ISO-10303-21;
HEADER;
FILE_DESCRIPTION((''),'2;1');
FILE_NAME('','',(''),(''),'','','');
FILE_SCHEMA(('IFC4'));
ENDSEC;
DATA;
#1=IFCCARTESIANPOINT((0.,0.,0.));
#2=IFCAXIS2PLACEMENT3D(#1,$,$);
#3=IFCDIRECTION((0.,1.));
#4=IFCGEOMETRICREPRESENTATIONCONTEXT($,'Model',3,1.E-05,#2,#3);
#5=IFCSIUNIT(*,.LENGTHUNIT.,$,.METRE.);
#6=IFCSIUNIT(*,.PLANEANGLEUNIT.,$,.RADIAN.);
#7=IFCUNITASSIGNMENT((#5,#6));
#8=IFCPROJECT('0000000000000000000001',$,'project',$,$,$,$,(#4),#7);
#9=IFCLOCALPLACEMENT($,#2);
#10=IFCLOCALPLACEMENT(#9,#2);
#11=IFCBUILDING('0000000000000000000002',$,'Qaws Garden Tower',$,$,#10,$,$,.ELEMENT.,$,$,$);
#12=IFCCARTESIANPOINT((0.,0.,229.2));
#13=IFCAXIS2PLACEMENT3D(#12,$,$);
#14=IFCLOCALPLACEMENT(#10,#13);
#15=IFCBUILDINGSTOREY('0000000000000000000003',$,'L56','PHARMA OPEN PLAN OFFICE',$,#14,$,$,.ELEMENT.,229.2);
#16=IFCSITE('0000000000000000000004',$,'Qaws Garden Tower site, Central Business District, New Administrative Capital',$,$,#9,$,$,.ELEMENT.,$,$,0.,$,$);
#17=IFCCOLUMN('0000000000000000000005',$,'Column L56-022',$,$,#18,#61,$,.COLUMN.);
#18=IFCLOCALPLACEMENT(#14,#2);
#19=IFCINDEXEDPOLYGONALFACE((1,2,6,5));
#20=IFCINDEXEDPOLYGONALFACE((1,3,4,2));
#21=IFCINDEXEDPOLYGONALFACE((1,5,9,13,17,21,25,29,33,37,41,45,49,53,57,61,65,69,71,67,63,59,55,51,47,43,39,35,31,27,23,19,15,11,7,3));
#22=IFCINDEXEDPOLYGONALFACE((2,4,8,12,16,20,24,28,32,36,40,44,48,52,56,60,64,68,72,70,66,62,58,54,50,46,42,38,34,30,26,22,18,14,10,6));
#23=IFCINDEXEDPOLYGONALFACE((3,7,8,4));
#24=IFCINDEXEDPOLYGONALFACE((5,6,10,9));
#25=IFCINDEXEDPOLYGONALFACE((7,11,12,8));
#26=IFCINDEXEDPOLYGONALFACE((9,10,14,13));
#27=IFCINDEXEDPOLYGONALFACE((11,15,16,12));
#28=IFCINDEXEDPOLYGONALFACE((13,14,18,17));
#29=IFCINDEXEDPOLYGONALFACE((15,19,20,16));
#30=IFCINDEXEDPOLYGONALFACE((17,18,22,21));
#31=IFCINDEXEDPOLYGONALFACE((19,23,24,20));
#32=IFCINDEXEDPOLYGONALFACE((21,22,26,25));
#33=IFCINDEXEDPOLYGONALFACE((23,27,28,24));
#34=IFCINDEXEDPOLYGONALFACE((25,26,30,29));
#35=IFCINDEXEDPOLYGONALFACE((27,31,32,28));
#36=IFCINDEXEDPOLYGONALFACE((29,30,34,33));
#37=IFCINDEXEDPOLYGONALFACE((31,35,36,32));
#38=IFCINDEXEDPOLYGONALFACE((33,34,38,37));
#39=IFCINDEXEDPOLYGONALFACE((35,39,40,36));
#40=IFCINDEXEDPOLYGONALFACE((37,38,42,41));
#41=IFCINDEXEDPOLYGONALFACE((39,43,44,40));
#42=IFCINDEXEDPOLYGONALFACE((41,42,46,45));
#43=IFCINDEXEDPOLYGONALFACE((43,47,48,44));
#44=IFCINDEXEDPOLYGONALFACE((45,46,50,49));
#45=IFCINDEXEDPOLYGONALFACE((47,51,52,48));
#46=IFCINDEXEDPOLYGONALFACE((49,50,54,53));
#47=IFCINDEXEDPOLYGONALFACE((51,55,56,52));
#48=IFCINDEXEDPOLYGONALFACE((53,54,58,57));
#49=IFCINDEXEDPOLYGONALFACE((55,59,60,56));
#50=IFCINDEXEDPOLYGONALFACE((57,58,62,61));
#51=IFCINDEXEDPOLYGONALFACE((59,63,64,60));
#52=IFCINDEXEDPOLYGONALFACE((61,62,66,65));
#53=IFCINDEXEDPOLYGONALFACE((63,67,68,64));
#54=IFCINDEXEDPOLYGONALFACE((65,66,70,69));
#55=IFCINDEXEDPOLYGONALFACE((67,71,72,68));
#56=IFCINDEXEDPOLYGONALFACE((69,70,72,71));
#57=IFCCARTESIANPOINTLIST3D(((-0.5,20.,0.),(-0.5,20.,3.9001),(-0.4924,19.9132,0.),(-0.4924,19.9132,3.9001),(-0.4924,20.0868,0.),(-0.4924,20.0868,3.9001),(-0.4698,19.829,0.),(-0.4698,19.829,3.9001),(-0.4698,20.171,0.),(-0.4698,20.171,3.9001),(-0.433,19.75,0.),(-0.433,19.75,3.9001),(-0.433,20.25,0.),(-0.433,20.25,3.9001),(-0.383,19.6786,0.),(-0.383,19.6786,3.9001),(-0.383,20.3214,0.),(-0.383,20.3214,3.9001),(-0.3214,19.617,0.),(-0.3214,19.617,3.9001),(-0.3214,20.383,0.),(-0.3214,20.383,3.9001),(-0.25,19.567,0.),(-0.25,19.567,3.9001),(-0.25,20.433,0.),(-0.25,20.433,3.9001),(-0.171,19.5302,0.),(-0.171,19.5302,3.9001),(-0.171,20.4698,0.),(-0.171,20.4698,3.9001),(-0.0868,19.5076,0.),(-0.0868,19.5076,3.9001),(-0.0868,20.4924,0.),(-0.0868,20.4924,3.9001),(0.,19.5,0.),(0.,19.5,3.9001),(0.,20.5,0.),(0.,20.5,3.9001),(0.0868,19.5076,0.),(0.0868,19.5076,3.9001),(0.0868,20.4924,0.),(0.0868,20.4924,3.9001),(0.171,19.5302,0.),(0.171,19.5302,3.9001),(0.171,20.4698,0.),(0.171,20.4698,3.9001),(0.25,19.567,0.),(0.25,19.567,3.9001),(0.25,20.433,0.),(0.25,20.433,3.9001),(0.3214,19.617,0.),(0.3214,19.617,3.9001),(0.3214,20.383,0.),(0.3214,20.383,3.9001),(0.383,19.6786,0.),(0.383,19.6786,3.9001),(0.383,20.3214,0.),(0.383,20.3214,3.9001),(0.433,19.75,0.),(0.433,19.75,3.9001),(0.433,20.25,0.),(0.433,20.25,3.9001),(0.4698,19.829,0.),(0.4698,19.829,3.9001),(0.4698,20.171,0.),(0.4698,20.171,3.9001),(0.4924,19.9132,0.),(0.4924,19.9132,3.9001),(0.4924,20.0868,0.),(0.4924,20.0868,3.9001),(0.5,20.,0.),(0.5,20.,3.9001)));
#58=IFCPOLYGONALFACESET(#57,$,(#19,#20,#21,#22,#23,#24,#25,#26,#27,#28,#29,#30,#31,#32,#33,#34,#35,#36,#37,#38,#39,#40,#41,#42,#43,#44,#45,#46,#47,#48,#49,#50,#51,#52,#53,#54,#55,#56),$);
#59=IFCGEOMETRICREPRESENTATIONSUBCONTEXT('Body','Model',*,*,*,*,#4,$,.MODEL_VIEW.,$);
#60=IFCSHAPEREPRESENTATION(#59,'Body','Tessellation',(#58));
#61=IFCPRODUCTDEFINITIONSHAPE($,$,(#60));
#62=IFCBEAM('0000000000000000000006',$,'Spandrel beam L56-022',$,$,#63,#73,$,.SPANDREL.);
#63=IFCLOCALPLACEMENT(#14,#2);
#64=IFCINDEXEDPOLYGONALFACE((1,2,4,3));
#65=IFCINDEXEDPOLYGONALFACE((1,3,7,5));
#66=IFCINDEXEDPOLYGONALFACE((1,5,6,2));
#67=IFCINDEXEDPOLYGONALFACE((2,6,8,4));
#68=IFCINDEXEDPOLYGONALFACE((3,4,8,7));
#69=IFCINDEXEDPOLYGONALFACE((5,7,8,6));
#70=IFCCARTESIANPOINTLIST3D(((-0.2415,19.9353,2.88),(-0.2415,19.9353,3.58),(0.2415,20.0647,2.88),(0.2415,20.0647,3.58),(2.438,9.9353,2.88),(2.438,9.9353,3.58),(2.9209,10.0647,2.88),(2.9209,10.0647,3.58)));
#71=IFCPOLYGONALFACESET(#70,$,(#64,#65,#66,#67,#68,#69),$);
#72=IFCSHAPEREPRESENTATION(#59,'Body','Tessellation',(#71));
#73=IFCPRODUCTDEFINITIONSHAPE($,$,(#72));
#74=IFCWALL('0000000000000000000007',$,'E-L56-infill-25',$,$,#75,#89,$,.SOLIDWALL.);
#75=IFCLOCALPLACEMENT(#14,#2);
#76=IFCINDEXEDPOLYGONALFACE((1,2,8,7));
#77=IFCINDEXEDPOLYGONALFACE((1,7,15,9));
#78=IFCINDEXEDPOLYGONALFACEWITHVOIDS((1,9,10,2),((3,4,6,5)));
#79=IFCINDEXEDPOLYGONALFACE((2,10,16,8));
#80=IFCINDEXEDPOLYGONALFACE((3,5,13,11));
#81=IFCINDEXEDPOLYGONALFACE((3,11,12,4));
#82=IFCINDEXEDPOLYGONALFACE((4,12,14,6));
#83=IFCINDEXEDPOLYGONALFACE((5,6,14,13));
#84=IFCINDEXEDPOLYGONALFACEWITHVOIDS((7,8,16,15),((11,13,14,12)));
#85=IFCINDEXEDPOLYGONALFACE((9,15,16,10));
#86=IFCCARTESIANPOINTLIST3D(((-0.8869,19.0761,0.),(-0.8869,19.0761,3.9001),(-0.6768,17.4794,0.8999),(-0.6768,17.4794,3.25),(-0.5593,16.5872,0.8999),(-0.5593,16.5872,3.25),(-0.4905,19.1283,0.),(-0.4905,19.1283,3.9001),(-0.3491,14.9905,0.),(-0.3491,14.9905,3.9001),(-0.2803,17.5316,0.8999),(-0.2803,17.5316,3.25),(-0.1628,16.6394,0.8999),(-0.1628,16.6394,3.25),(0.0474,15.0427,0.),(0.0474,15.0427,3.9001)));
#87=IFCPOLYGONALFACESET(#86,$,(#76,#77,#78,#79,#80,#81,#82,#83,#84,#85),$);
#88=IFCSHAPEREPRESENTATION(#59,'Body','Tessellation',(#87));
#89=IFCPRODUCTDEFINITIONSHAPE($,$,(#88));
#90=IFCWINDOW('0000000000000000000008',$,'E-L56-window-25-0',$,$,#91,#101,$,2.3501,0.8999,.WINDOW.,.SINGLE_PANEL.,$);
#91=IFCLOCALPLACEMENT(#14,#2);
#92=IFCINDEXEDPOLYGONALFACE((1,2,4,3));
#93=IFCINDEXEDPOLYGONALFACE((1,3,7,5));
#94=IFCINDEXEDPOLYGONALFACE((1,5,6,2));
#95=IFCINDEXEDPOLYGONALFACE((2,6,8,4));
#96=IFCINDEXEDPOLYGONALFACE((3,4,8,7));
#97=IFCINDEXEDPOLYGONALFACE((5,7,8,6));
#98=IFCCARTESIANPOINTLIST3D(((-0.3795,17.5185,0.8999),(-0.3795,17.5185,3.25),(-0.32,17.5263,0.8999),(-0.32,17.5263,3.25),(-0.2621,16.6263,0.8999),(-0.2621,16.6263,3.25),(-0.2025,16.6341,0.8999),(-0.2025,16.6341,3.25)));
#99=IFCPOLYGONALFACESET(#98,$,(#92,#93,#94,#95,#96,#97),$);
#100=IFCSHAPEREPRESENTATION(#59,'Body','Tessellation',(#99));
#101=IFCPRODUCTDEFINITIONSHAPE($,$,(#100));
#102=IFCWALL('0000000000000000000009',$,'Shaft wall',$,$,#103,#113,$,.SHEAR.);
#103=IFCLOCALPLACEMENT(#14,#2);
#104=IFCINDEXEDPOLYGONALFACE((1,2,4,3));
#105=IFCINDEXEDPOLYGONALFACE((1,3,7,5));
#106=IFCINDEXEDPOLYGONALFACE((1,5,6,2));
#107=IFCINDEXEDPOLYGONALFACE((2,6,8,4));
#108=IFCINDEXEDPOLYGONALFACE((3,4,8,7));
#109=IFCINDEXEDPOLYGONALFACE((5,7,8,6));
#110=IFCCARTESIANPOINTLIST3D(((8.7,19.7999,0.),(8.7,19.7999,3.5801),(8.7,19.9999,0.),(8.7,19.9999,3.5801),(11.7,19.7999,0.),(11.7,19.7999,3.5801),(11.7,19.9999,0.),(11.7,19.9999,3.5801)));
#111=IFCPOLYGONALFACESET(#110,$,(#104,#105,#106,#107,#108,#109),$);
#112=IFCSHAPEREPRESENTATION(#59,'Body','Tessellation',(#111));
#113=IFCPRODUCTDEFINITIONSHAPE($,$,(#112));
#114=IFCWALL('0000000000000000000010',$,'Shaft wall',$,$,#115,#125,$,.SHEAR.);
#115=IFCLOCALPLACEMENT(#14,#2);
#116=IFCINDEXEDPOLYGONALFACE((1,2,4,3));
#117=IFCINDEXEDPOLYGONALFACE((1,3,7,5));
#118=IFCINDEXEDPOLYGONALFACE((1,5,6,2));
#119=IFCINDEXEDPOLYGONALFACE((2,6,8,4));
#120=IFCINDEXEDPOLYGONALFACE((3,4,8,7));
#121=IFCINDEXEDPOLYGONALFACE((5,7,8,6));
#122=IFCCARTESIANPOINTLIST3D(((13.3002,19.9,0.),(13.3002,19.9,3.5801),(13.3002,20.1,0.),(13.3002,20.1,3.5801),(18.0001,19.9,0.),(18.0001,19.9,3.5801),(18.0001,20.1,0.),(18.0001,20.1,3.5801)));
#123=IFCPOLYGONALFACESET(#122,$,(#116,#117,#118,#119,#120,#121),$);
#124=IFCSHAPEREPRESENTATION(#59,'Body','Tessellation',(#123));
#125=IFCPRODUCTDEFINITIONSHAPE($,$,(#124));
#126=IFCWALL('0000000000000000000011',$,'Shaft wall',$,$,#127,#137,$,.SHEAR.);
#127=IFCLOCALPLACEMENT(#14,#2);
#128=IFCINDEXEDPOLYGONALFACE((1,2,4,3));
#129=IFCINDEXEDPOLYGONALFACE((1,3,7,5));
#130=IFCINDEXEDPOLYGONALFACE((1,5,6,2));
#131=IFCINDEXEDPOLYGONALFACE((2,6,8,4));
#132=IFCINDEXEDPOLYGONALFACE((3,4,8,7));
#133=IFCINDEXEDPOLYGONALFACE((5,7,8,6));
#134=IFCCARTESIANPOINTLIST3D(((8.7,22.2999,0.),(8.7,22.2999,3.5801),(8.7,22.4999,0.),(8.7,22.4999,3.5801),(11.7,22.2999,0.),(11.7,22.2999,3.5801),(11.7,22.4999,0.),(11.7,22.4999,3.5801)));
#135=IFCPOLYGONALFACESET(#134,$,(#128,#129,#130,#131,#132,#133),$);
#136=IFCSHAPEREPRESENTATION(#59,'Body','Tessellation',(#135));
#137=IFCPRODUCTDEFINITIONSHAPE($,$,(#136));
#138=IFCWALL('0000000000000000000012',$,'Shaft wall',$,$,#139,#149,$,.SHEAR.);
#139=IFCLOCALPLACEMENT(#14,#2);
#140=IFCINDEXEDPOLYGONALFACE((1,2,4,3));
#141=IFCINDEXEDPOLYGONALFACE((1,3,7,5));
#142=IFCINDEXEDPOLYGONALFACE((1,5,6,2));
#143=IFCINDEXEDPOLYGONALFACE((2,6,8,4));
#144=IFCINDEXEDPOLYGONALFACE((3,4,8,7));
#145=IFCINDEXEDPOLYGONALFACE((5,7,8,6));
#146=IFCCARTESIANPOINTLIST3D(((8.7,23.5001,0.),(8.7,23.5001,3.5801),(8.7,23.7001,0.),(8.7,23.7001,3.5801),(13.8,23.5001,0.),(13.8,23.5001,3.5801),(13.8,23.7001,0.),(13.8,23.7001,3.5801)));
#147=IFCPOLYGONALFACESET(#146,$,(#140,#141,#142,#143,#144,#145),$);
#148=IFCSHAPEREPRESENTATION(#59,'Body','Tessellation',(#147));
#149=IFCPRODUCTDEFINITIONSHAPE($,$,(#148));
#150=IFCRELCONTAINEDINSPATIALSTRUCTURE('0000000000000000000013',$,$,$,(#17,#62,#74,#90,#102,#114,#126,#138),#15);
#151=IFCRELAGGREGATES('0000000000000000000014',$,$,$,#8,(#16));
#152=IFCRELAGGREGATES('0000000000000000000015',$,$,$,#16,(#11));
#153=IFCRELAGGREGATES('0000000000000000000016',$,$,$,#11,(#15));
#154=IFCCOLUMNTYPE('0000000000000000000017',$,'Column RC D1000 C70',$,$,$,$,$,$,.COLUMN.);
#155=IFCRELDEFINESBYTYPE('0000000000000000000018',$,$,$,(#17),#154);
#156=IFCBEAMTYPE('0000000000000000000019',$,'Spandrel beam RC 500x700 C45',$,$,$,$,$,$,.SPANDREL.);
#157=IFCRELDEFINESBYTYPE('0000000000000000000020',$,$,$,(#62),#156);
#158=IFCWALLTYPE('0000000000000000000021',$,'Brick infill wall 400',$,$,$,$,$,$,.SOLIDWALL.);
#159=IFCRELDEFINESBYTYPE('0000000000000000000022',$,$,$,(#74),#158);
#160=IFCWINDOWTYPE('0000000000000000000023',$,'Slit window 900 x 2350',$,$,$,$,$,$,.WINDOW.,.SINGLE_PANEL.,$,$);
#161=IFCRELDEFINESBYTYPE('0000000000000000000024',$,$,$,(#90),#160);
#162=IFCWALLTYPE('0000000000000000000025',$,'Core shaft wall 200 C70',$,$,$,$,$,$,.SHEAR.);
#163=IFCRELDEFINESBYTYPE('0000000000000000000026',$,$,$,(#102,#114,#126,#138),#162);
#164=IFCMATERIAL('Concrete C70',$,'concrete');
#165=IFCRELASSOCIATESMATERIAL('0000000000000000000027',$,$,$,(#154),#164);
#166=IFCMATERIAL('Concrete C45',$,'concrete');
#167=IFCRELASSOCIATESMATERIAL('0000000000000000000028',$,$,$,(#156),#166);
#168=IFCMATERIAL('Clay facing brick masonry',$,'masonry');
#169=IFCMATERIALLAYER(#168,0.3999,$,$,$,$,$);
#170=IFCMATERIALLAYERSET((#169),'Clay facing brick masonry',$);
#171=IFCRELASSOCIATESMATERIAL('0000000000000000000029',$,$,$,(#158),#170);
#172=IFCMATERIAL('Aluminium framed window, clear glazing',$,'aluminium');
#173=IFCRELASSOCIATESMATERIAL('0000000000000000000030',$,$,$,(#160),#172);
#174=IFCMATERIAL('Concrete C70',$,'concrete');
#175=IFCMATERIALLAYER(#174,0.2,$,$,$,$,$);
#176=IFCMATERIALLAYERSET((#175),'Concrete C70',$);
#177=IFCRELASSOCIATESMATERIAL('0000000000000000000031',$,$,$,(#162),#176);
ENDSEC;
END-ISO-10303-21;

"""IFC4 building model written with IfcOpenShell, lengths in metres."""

from ifc_helpers import new_model, si_unit, direction, frame, frame_2d, origin, origin_2d, place, context, subcontext, project, spatial, rectangle, circle, extrude, material, layer, layer_set, material_profile, profile_set, type_object, element, fill, save


model = new_model("IFC4")

# Units and contexts
model_context = context("Model", 3, precision=1e-05, world=origin(), true_north=direction((0.0, 1.0)))
body_context = subcontext(model_context, "Body", "Model", "MODEL_VIEW")
ifc_project = project(units=[si_unit("LENGTHUNIT", "METRE"), si_unit("PLANEANGLEUNIT", "RADIAN")], contexts=[model_context])

# Site, building, storey
site_placement = place(None, origin())
site = spatial("IfcSite", under=ifc_project, at=site_placement, Name="Qaws Garden Tower site, Central Business District, New Administrative Capital", CompositionType="ELEMENT", RefElevation=0.0)
building_placement = place(site_placement, origin())
building = spatial("IfcBuilding", under=site, at=building_placement, Name="Qaws Garden Tower", CompositionType="ELEMENT")
storey_placement = place(building_placement, frame((0.0, 0.0, 229.2)))
storey = spatial("IfcBuildingStorey", under=building, at=storey_placement, Name="L56", Description="PHARMA OPEN PLAN OFFICE", CompositionType="ELEMENT", Elevation=229.2)

# Column
ifc_material_1 = material(Name="Concrete C70", Category="concrete")
ifc_material_profile_1 = material_profile(ifc_material_1, circle(Radius=0.5, at=origin_2d()), Name="RC D1000")
ifc_profile_set_1 = profile_set([ifc_material_profile_1], Name="Concrete C70")
column_type = type_object("IfcColumnType", Name="Column RC D1000 C70", PredefinedType="COLUMN", material=ifc_profile_set_1)
column_placement = place(storey_placement, frame((0.0, 20.0, 0.0), z_axis=(0.0, 0.0, 1.0), x_axis=(1.0, 0.0, 0.0)))
element("IfcColumn", 1, at=column_placement, inside=storey, type_object=column_type, Name="Column L56-022", PredefinedType="COLUMN", context=body_context, shape_type="SweptSolid", body=[
    extrude(circle(Radius=0.5, at=origin_2d()), origin(), (0.0, 0.0, 1.0), 3.9001),
])

# Beam
ifc_material_2 = material(Name="Concrete C45", Category="concrete")
ifc_material_profile_2 = material_profile(ifc_material_2, rectangle(XDim=0.5, YDim=0.7, at=origin_2d()), Name="RC 500x700")
ifc_profile_set_2 = profile_set([ifc_material_profile_2], Name="Concrete C45")
beam_type = type_object("IfcBeamType", Name="Spandrel beam RC 500x700 C45", PredefinedType="SPANDREL", material=ifc_profile_set_2)
beam_placement = place(storey_placement, frame((0.0, 20.0, 3.23), z_axis=(0.258815, -0.965927, 0.0), x_axis=(0.965927, 0.258815, 0.0)))
element("IfcBeam", 2, at=beam_placement, inside=storey, type_object=beam_type, Name="Spandrel beam L56-022", PredefinedType="SPANDREL", context=body_context, shape_type="SweptSolid", body=[
    extrude(rectangle(XDim=0.5, YDim=0.7, at=origin_2d()), origin(), (0.0, 0.0, 1.0), 10.3528),
])

# Wall, opening, window
ifc_material_3 = material(Name="Clay facing brick masonry", Category="masonry")
ifc_layer_1 = layer(ifc_material_3, 0.3999)
ifc_layer_set_1 = layer_set([ifc_layer_1], Name="Clay facing brick masonry")
wall_type_1 = type_object("IfcWallType", Name="Brick infill wall 400", PredefinedType="SOLIDWALL", material=ifc_layer_set_1)
wall_1_placement = place(storey_placement, frame((-0.6887, 19.1023, 0.0), z_axis=(0.0, 0.0, 1.0), x_axis=(0.130514, -0.991446, 0.0)))
wall_1 = element("IfcWall", 3, at=wall_1_placement, inside=storey, type_object=wall_type_1, Name="E-L56-infill-25", PredefinedType="SOLIDWALL", context=body_context, shape_type="SweptSolid", body=[
    extrude(rectangle(XDim=4.1208, YDim=0.3999, at=frame_2d((2.0605, 0.0))), origin(), (0.0, 0.0, 1.0), 3.9001),
])
opening_1_placement = place(wall_1_placement, frame((1.6106, 0.0, 0.8999)))
opening_1 = element("IfcOpeningElement", 4, at=opening_1_placement, cuts=wall_1, PredefinedType="OPENING", context=body_context, shape_type="SweptSolid", body=[
    extrude(rectangle(XDim=0.8999, YDim=2.3501, at=frame_2d((0.45, 1.175))), frame((0.0, 0.21, 0.0), z_axis=(0.0, -1.0, 0.0), x_axis=(1.0, 0.0, 0.0)), (0.0, 0.0, 1.0), 0.4199),
])
ifc_material_4 = material(Name="Aluminium framed window, clear glazing", Category="aluminium")
window_type = type_object("IfcWindowType", Name="Slit window 900 x 2350", PartitioningType="SINGLE_PANEL", PredefinedType="WINDOW", material=ifc_material_4)
window_placement = place(opening_1_placement, origin())
window = element("IfcWindow", 5, at=window_placement, inside=storey, type_object=window_type, Name="E-L56-window-25-0", OverallHeight=2.3501, OverallWidth=0.8999, PartitioningType="SINGLE_PANEL", PredefinedType="WINDOW", context=body_context, shape_type="SweptSolid", body=[
    extrude(rectangle(XDim=0.8999, YDim=2.3501, at=frame_2d((0.45, 1.175))), frame((0.0, 0.1599, 0.0), z_axis=(0.0, -1.0, 0.0), x_axis=(1.0, 0.0, 0.0)), (0.0, 0.0, 1.0), 0.0601),
])
fill(opening_1, window)

# Walls
ifc_material_5 = material(Name="Concrete C70", Category="concrete")
ifc_layer_2 = layer(ifc_material_5, 0.2)
ifc_layer_set_2 = layer_set([ifc_layer_2], Name="Concrete C70")
wall_type_2 = type_object("IfcWallType", Name="Core shaft wall 200 C70", PredefinedType="SHEAR", material=ifc_layer_set_2)
wall_2_placement = place(storey_placement, frame((8.7, 19.8999, 0.0), z_axis=(0.0, 0.0, 1.0), x_axis=(1.0, 0.0, 0.0)))
element("IfcWall", 6, at=wall_2_placement, inside=storey, type_object=wall_type_2, Name="Shaft wall", PredefinedType="SHEAR", context=body_context, shape_type="SweptSolid", body=[
    extrude(rectangle(XDim=3.0, YDim=0.2, at=frame_2d((1.5, 0.0))), origin(), (0.0, 0.0, 1.0), 3.5801),
])
wall_3_placement = place(storey_placement, frame((13.3, 20.0, 0.0), z_axis=(0.0, 0.0, 1.0), x_axis=(1.0, 0.0, 0.0)))
element("IfcWall", 7, at=wall_3_placement, inside=storey, type_object=wall_type_2, Name="Shaft wall", PredefinedType="SHEAR", context=body_context, shape_type="SweptSolid", body=[
    extrude(rectangle(XDim=4.7, YDim=0.2, at=frame_2d((2.3501, 0.0))), origin(), (0.0, 0.0, 1.0), 3.5801),
])
wall_4_placement = place(storey_placement, frame((8.7, 22.3999, 0.0), z_axis=(0.0, 0.0, 1.0), x_axis=(1.0, 0.0, 0.0)))
element("IfcWall", 8, at=wall_4_placement, inside=storey, type_object=wall_type_2, Name="Shaft wall", PredefinedType="SHEAR", context=body_context, shape_type="SweptSolid", body=[
    extrude(rectangle(XDim=3.0, YDim=0.2, at=frame_2d((1.5, 0.0))), origin(), (0.0, 0.0, 1.0), 3.5801),
])
wall_5_placement = place(storey_placement, frame((8.7, 23.6001, 0.0), z_axis=(0.0, 0.0, 1.0), x_axis=(1.0, 0.0, 0.0)))
element("IfcWall", 9, at=wall_5_placement, inside=storey, type_object=wall_type_2, Name="Shaft wall", PredefinedType="SHEAR", context=body_context, shape_type="SweptSolid", body=[
    extrude(rectangle(XDim=5.1001, YDim=0.2, at=frame_2d((2.55, 0.0))), origin(), (0.0, 0.0, 1.0), 3.5801),
])

save(model, "model.ifc")
